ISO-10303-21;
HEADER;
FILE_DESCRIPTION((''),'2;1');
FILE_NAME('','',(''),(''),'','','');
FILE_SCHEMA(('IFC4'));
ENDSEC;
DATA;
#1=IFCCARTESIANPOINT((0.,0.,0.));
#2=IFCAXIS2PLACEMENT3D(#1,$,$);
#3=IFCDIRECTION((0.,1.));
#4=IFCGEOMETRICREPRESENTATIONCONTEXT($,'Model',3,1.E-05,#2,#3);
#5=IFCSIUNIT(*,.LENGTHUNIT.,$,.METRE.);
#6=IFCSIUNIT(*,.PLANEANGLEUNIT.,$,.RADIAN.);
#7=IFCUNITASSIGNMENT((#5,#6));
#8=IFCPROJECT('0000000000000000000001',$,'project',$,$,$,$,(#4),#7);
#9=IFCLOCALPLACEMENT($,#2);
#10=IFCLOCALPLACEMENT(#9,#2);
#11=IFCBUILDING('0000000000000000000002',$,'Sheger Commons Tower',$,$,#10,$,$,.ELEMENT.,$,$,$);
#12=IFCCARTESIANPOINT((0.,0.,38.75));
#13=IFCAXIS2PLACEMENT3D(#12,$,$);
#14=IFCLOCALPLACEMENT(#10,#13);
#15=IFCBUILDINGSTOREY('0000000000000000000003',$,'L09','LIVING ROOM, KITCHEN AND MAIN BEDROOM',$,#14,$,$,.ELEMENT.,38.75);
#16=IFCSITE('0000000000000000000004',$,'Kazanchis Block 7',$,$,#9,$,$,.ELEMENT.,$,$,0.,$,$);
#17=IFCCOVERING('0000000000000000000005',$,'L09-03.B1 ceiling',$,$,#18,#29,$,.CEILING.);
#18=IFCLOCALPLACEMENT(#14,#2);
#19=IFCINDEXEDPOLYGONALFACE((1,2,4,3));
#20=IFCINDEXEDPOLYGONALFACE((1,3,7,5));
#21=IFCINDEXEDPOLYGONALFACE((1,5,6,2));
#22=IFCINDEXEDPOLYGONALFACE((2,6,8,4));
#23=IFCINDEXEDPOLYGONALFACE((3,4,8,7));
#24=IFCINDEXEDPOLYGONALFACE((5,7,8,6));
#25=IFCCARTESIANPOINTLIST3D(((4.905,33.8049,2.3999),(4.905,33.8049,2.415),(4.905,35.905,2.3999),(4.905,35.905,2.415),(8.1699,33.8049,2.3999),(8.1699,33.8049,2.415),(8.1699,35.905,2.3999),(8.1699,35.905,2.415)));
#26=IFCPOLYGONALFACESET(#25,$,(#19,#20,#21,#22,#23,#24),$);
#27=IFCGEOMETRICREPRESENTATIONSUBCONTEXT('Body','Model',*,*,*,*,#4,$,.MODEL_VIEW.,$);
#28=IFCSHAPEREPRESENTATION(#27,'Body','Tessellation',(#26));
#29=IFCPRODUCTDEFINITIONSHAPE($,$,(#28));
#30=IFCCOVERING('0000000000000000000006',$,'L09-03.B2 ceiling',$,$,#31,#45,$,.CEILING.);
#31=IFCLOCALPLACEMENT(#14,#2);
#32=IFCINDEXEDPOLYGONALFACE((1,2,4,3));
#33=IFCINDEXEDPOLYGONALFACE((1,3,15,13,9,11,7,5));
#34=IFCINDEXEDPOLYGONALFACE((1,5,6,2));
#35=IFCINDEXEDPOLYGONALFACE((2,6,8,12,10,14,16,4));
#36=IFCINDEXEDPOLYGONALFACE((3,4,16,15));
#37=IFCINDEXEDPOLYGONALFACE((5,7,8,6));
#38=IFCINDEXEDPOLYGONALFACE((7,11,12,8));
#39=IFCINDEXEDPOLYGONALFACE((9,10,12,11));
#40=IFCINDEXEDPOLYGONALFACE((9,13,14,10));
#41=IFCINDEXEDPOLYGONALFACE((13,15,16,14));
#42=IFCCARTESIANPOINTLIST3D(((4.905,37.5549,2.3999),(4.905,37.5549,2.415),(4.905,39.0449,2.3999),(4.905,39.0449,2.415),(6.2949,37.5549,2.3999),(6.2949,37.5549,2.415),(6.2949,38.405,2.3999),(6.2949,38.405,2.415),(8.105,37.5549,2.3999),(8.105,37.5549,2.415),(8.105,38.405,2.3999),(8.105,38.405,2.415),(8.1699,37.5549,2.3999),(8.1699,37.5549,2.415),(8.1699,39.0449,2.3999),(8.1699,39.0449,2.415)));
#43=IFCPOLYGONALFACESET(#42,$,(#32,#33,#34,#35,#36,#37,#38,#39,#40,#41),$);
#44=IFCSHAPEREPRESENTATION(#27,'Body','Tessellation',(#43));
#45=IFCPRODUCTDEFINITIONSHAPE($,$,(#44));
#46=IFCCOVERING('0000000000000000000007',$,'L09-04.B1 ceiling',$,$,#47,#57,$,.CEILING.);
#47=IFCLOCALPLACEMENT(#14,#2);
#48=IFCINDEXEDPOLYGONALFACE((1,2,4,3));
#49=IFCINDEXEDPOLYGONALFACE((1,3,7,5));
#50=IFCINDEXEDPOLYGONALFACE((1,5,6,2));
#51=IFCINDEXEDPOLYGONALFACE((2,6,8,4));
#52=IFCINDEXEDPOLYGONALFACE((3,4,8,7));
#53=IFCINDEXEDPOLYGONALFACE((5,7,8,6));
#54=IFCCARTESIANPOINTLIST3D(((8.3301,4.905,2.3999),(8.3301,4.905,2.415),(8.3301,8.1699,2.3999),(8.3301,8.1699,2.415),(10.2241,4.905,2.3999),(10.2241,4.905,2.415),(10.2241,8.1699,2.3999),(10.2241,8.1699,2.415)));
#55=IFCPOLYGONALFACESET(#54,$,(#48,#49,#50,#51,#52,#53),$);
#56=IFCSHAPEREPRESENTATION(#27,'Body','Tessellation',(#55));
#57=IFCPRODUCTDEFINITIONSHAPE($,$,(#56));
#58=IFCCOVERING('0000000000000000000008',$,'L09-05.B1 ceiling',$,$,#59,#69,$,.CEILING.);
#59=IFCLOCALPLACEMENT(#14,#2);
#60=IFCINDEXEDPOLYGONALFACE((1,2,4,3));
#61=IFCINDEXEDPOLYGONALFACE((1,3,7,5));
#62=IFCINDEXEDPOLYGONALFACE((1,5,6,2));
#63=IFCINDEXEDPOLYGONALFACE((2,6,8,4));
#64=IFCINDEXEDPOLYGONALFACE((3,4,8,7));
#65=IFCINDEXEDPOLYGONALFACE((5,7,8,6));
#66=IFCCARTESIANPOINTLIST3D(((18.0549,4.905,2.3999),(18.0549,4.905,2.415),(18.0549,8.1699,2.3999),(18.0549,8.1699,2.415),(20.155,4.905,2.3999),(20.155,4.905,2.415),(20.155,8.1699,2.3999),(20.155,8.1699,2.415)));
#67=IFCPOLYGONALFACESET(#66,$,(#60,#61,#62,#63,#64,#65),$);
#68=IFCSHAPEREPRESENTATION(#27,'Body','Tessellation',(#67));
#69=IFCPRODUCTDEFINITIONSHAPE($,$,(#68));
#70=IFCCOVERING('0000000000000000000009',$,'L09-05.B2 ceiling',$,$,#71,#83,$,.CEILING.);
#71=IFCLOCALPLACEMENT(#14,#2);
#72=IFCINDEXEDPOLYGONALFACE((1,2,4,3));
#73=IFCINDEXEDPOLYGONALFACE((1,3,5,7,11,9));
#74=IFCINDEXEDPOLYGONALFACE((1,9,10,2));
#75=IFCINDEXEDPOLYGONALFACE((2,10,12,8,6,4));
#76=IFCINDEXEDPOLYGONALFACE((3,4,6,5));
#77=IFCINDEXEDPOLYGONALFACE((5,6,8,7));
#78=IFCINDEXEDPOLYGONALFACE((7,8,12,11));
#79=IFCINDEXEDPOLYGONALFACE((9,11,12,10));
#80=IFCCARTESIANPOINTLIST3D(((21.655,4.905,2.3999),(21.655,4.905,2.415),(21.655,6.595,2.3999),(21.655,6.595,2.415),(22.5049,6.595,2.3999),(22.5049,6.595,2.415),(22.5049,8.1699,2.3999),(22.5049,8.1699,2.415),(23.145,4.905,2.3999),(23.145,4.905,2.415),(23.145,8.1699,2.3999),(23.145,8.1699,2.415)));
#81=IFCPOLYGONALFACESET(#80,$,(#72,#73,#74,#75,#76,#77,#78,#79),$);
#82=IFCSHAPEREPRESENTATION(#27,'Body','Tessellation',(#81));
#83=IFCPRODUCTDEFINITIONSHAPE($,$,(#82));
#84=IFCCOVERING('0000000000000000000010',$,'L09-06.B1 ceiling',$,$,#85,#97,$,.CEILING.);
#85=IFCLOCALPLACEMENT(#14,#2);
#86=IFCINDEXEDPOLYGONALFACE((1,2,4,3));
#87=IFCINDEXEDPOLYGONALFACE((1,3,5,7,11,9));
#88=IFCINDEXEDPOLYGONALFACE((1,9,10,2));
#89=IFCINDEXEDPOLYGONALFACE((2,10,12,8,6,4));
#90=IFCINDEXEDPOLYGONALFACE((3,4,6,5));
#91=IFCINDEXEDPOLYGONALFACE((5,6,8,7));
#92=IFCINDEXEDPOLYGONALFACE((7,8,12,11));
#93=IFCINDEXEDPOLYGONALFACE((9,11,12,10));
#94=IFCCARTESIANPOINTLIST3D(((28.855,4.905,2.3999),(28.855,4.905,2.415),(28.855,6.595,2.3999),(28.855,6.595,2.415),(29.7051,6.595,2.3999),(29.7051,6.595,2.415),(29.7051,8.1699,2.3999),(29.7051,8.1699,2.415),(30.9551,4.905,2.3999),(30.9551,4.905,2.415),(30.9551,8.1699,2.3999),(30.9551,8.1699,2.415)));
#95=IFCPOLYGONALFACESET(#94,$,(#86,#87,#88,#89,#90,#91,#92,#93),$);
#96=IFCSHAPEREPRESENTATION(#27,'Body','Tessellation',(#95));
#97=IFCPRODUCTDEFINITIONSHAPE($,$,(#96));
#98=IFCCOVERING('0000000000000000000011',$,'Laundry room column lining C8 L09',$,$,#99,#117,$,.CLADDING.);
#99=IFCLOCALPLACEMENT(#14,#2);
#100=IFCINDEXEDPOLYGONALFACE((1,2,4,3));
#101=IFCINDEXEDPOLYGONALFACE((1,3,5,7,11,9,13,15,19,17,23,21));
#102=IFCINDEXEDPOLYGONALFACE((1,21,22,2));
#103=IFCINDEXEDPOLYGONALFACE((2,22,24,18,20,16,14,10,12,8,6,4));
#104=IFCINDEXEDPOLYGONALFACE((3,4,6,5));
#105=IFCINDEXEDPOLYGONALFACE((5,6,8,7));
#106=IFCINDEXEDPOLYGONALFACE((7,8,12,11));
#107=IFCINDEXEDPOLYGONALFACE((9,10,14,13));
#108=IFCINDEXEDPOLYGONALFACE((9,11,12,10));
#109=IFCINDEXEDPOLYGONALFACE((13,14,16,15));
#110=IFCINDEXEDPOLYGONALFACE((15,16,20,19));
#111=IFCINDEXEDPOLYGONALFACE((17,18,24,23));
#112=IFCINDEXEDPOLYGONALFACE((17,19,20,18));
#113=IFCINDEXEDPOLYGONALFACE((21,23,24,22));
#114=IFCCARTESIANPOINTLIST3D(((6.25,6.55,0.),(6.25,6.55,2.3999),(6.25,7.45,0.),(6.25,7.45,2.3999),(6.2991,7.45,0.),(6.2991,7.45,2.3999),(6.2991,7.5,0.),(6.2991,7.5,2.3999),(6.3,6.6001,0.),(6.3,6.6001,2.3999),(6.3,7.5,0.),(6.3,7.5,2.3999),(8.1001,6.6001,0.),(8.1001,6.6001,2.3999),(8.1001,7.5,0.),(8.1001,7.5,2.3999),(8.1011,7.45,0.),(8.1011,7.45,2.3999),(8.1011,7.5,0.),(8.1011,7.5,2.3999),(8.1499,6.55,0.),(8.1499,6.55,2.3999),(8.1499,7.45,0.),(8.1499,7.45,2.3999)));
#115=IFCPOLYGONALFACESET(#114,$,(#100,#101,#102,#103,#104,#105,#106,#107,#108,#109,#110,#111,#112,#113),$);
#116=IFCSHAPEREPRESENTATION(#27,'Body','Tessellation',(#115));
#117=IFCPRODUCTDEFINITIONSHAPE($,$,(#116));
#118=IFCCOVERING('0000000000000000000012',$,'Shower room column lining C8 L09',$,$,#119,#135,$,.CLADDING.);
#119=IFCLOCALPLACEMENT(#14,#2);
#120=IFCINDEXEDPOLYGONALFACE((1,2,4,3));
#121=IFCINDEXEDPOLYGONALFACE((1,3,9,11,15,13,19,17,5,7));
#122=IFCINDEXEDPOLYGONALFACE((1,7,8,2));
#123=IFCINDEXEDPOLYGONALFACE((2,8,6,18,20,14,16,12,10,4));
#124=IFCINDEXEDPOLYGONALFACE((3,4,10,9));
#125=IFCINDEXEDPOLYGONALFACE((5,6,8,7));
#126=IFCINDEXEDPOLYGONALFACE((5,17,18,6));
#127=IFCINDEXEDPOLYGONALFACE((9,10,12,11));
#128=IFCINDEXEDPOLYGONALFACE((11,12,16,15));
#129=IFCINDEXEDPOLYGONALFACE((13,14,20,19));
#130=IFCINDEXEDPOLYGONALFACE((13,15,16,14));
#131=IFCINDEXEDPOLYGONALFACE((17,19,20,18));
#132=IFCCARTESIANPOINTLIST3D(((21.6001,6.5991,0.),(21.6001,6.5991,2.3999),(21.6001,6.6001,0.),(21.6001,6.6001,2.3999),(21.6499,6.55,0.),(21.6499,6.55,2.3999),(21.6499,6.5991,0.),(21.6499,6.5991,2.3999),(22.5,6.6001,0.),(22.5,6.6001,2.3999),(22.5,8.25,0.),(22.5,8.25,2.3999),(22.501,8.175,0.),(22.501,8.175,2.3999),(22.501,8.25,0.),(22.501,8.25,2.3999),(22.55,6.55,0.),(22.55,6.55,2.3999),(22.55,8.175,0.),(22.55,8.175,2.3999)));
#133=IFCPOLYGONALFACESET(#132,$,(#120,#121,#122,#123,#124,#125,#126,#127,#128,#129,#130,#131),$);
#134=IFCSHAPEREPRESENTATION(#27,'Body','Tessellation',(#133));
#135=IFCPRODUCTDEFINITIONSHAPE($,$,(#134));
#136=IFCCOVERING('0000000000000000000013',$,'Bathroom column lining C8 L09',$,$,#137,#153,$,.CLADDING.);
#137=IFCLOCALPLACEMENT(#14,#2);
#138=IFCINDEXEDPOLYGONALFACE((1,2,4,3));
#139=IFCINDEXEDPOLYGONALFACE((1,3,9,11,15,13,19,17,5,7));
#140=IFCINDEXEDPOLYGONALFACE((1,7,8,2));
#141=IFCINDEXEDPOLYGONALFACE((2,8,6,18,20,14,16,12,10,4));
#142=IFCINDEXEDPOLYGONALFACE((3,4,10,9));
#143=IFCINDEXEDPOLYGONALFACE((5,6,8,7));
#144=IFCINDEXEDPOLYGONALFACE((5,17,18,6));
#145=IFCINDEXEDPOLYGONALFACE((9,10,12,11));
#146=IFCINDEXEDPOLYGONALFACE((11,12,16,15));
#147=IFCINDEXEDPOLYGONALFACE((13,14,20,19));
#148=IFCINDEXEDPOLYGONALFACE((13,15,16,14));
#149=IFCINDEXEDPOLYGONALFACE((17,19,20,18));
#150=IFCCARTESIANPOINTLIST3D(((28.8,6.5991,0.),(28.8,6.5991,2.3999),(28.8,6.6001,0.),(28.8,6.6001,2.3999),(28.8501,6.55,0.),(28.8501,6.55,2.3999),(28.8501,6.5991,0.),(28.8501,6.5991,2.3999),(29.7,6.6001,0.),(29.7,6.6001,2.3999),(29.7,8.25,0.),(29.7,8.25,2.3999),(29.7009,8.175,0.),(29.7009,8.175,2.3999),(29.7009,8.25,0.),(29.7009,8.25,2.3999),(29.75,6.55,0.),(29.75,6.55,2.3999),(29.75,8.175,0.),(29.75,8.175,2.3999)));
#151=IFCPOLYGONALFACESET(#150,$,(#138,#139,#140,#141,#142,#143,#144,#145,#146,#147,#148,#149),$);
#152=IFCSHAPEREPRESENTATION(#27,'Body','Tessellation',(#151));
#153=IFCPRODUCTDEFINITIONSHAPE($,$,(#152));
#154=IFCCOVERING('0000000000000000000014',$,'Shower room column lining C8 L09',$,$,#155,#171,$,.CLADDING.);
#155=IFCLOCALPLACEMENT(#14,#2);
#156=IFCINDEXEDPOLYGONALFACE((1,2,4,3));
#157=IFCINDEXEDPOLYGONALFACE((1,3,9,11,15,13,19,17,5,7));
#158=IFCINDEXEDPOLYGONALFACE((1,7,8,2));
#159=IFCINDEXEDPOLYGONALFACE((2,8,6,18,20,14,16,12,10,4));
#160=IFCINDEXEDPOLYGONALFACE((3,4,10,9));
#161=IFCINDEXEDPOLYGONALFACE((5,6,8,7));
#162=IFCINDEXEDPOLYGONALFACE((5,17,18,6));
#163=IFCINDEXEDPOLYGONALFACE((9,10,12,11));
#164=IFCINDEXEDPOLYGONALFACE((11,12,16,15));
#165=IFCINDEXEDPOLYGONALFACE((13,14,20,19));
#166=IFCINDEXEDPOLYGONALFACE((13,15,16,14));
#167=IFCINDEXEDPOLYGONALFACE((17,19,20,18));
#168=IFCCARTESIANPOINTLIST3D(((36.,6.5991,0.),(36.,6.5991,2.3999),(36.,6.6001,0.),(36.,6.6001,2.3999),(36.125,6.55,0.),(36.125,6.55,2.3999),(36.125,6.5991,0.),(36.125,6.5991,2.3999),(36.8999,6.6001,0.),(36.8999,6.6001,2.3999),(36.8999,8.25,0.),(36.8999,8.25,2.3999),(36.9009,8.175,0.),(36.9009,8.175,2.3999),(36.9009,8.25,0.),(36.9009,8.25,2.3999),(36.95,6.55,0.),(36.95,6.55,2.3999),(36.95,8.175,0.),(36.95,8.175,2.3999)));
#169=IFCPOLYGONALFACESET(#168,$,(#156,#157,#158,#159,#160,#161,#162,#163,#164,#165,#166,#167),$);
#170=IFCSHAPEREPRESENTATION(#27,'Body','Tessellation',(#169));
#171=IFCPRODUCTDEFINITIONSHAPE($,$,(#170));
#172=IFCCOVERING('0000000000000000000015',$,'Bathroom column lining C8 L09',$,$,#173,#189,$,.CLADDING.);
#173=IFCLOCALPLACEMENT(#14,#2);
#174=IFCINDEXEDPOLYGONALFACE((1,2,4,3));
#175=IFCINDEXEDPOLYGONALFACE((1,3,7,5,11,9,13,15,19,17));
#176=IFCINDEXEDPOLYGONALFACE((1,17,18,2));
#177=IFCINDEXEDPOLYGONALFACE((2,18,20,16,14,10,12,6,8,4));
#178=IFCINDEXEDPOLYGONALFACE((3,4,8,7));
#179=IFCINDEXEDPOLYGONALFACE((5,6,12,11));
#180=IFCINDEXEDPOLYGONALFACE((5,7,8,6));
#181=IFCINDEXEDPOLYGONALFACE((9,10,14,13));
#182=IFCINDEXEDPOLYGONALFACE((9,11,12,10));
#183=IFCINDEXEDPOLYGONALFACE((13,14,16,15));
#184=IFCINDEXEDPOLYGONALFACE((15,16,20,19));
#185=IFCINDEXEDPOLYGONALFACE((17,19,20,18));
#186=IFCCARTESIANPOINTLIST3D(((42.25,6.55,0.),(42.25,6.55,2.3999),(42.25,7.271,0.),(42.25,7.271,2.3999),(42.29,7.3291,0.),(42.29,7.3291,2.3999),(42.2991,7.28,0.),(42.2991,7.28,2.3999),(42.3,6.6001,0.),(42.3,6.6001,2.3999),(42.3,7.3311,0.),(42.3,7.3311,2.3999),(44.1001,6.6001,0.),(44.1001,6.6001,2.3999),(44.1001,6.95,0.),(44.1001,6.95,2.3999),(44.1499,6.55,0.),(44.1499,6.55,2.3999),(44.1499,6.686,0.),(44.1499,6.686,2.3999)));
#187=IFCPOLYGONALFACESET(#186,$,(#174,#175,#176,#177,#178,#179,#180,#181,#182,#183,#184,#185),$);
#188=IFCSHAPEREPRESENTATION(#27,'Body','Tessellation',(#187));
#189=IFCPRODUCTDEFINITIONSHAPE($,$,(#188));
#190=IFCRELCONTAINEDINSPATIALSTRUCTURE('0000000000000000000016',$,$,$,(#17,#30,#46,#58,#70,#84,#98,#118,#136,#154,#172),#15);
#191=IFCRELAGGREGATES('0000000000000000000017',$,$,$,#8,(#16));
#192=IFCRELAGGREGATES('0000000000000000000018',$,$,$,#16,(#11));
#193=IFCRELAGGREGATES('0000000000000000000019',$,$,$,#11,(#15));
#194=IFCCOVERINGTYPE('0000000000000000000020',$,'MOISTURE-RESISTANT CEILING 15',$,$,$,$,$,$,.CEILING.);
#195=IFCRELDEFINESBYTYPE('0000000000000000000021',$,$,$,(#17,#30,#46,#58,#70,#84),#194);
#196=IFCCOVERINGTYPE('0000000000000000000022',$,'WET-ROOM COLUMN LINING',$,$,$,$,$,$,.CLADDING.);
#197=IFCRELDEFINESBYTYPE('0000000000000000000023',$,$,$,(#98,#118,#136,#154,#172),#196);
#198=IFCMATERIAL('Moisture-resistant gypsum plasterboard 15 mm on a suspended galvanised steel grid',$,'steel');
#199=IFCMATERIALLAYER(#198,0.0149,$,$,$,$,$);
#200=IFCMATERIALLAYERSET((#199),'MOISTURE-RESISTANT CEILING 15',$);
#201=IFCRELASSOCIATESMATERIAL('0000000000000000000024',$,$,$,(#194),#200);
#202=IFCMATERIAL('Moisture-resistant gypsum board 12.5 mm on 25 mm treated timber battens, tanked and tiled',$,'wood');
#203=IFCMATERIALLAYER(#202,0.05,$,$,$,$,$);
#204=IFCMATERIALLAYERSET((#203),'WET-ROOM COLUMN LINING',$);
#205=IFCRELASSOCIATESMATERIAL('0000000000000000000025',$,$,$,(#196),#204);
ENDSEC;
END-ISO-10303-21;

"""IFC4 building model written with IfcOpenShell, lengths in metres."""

from ifc_helpers import new_model, si_unit, direction, frame, origin, place, context, subcontext, project, spatial, polyline, outline, extrude, material, layer, layer_set, type_object, element, save


model = new_model("IFC4")

# Units and contexts
model_context = context("Model", 3, precision=1e-05, world=origin(), true_north=direction((0.0, 1.0)))
body_context = subcontext(model_context, "Body", "Model", "MODEL_VIEW")
ifc_project = project(units=[si_unit("LENGTHUNIT", "METRE"), si_unit("PLANEANGLEUNIT", "RADIAN")], contexts=[model_context])

# Site, building, storey
site_placement = place(None, origin())
site = spatial("IfcSite", under=ifc_project, at=site_placement, Name="Kazanchis Block 7", CompositionType="ELEMENT", RefElevation=0.0)
building_placement = place(site_placement, origin())
building = spatial("IfcBuilding", under=site, at=building_placement, Name="Sheger Commons Tower", CompositionType="ELEMENT")
storey_placement = place(building_placement, frame((0.0, 0.0, 38.75)))
storey = spatial("IfcBuildingStorey", under=building, at=storey_placement, Name="L09", Description="LIVING ROOM, KITCHEN AND MAIN BEDROOM", CompositionType="ELEMENT", Elevation=38.75)

# Coverings
ifc_material_1 = material(Name="Moisture-resistant gypsum plasterboard 15 mm on a suspended galvanised steel grid", Category="steel")
ifc_layer_1 = layer(ifc_material_1, 0.0149)
ifc_layer_set_1 = layer_set([ifc_layer_1], Name="MOISTURE-RESISTANT CEILING 15")
covering_type_1 = type_object("IfcCoveringType", Name="MOISTURE-RESISTANT CEILING 15", PredefinedType="CEILING", material=ifc_layer_set_1)
covering_1_placement = place(storey_placement, frame((0.0, 0.0, 2.3999)))
element("IfcCovering", 1, at=covering_1_placement, inside=storey, type_object=covering_type_1, Name="L09-03.B1 ceiling", PredefinedType="CEILING", context=body_context, shape_type="SweptSolid", body=[
    extrude(outline(polyline([(4.905, 33.8049), (8.1699, 33.8049), (8.1699, 35.905), (4.905, 35.905), (4.905, 33.8049)])), origin(), (0.0, 0.0, 1.0), 0.0151),
])
covering_2_placement = place(storey_placement, frame((0.0, 0.0, 2.3999)))
element("IfcCovering", 2, at=covering_2_placement, inside=storey, type_object=covering_type_1, Name="L09-03.B2 ceiling", PredefinedType="CEILING", context=body_context, shape_type="SweptSolid", body=[
    extrude(outline(polyline([(4.905, 37.5549), (6.2949, 37.5549), (6.2949, 38.405), (8.105, 38.405), (8.105, 37.5549), (8.1699, 37.5549), (8.1699, 39.0449), (4.905, 39.0449), (4.905, 37.5549)])), origin(), (0.0, 0.0, 1.0), 0.0151),
])
covering_3_placement = place(storey_placement, frame((0.0, 0.0, 2.3999)))
element("IfcCovering", 3, at=covering_3_placement, inside=storey, type_object=covering_type_1, Name="L09-04.B1 ceiling", PredefinedType="CEILING", context=body_context, shape_type="SweptSolid", body=[
    extrude(outline(polyline([(8.3301, 4.905), (10.2241, 4.905), (10.2241, 8.1699), (8.3301, 8.1699), (8.3301, 4.905)])), origin(), (0.0, 0.0, 1.0), 0.0151),
])
covering_4_placement = place(storey_placement, frame((0.0, 0.0, 2.3999)))
element("IfcCovering", 4, at=covering_4_placement, inside=storey, type_object=covering_type_1, Name="L09-05.B1 ceiling", PredefinedType="CEILING", context=body_context, shape_type="SweptSolid", body=[
    extrude(outline(polyline([(18.0549, 4.905), (20.155, 4.905), (20.155, 8.1699), (18.0549, 8.1699), (18.0549, 4.905)])), origin(), (0.0, 0.0, 1.0), 0.0151),
])
covering_5_placement = place(storey_placement, frame((0.0, 0.0, 2.3999)))
element("IfcCovering", 5, at=covering_5_placement, inside=storey, type_object=covering_type_1, Name="L09-05.B2 ceiling", PredefinedType="CEILING", context=body_context, shape_type="SweptSolid", body=[
    extrude(outline(polyline([(21.655, 4.905), (23.145, 4.905), (23.145, 8.1699), (22.5049, 8.1699), (22.5049, 6.595), (21.655, 6.595), (21.655, 4.905)])), origin(), (0.0, 0.0, 1.0), 0.0151),
])
covering_6_placement = place(storey_placement, frame((0.0, 0.0, 2.3999)))
element("IfcCovering", 6, at=covering_6_placement, inside=storey, type_object=covering_type_1, Name="L09-06.B1 ceiling", PredefinedType="CEILING", context=body_context, shape_type="SweptSolid", body=[
    extrude(outline(polyline([(28.855, 4.905), (30.9551, 4.905), (30.9551, 8.1699), (29.7051, 8.1699), (29.7051, 6.595), (28.855, 6.595), (28.855, 4.905)])), origin(), (0.0, 0.0, 1.0), 0.0151),
])
ifc_material_2 = material(Name="Moisture-resistant gypsum board 12.5 mm on 25 mm treated timber battens, tanked and tiled", Category="wood")
ifc_layer_2 = layer(ifc_material_2, 0.05)
ifc_layer_set_2 = layer_set([ifc_layer_2], Name="WET-ROOM COLUMN LINING")
covering_type_2 = type_object("IfcCoveringType", Name="WET-ROOM COLUMN LINING", PredefinedType="CLADDING", material=ifc_layer_set_2)
covering_7_placement = place(storey_placement, origin())
element("IfcCovering", 7, at=covering_7_placement, inside=storey, type_object=covering_type_2, Name="Laundry room column lining C8 L09", PredefinedType="CLADDING", context=body_context, shape_type="SweptSolid", body=[
    extrude(outline(polyline([(6.3, 7.5), (6.3, 6.6001), (8.1001, 6.6001), (8.1001, 7.5), (8.1011, 7.5), (8.1011, 7.45), (8.1499, 7.45), (8.1499, 6.55), (6.25, 6.55), (6.25, 7.45), (6.2991, 7.45), (6.2991, 7.5), (6.3, 7.5)])), origin(), (0.0, 0.0, 1.0), 2.3999),
])
covering_8_placement = place(storey_placement, origin())
element("IfcCovering", 8, at=covering_8_placement, inside=storey, type_object=covering_type_2, Name="Shower room column lining C8 L09", PredefinedType="CLADDING", context=body_context, shape_type="SweptSolid", body=[
    extrude(outline(polyline([(21.6499, 6.55), (21.6499, 6.5991), (21.6001, 6.5991), (21.6001, 6.6001), (22.5, 6.6001), (22.5, 8.25), (22.501, 8.25), (22.501, 8.175), (22.55, 8.175), (22.55, 6.55), (21.6499, 6.55)])), origin(), (0.0, 0.0, 1.0), 2.3999),
])
covering_9_placement = place(storey_placement, origin())
element("IfcCovering", 9, at=covering_9_placement, inside=storey, type_object=covering_type_2, Name="Bathroom column lining C8 L09", PredefinedType="CLADDING", context=body_context, shape_type="SweptSolid", body=[
    extrude(outline(polyline([(28.8501, 6.55), (28.8501, 6.5991), (28.8, 6.5991), (28.8, 6.6001), (29.7, 6.6001), (29.7, 8.25), (29.7009, 8.25), (29.7009, 8.175), (29.75, 8.175), (29.75, 6.55), (28.8501, 6.55)])), origin(), (0.0, 0.0, 1.0), 2.3999),
])
covering_10_placement = place(storey_placement, origin())
element("IfcCovering", 10, at=covering_10_placement, inside=storey, type_object=covering_type_2, Name="Shower room column lining C8 L09", PredefinedType="CLADDING", context=body_context, shape_type="SweptSolid", body=[
    extrude(outline(polyline([(36.125, 6.55), (36.125, 6.5991), (36.0, 6.5991), (36.0, 6.6001), (36.8999, 6.6001), (36.8999, 8.25), (36.9009, 8.25), (36.9009, 8.175), (36.95, 8.175), (36.95, 6.55), (36.125, 6.55)])), origin(), (0.0, 0.0, 1.0), 2.3999),
])
covering_11_placement = place(storey_placement, origin())
element("IfcCovering", 11, at=covering_11_placement, inside=storey, type_object=covering_type_2, Name="Bathroom column lining C8 L09", PredefinedType="CLADDING", context=body_context, shape_type="SweptSolid", body=[
    extrude(outline(polyline([(42.3, 7.3311), (42.3, 6.6001), (44.1001, 6.6001), (44.1001, 6.95), (44.1499, 6.686), (44.1499, 6.55), (42.25, 6.55), (42.25, 7.271), (42.2991, 7.28), (42.29, 7.3291), (42.3, 7.3311)])), origin(), (0.0, 0.0, 1.0), 2.3999),
])

save(model, "model.ifc")
